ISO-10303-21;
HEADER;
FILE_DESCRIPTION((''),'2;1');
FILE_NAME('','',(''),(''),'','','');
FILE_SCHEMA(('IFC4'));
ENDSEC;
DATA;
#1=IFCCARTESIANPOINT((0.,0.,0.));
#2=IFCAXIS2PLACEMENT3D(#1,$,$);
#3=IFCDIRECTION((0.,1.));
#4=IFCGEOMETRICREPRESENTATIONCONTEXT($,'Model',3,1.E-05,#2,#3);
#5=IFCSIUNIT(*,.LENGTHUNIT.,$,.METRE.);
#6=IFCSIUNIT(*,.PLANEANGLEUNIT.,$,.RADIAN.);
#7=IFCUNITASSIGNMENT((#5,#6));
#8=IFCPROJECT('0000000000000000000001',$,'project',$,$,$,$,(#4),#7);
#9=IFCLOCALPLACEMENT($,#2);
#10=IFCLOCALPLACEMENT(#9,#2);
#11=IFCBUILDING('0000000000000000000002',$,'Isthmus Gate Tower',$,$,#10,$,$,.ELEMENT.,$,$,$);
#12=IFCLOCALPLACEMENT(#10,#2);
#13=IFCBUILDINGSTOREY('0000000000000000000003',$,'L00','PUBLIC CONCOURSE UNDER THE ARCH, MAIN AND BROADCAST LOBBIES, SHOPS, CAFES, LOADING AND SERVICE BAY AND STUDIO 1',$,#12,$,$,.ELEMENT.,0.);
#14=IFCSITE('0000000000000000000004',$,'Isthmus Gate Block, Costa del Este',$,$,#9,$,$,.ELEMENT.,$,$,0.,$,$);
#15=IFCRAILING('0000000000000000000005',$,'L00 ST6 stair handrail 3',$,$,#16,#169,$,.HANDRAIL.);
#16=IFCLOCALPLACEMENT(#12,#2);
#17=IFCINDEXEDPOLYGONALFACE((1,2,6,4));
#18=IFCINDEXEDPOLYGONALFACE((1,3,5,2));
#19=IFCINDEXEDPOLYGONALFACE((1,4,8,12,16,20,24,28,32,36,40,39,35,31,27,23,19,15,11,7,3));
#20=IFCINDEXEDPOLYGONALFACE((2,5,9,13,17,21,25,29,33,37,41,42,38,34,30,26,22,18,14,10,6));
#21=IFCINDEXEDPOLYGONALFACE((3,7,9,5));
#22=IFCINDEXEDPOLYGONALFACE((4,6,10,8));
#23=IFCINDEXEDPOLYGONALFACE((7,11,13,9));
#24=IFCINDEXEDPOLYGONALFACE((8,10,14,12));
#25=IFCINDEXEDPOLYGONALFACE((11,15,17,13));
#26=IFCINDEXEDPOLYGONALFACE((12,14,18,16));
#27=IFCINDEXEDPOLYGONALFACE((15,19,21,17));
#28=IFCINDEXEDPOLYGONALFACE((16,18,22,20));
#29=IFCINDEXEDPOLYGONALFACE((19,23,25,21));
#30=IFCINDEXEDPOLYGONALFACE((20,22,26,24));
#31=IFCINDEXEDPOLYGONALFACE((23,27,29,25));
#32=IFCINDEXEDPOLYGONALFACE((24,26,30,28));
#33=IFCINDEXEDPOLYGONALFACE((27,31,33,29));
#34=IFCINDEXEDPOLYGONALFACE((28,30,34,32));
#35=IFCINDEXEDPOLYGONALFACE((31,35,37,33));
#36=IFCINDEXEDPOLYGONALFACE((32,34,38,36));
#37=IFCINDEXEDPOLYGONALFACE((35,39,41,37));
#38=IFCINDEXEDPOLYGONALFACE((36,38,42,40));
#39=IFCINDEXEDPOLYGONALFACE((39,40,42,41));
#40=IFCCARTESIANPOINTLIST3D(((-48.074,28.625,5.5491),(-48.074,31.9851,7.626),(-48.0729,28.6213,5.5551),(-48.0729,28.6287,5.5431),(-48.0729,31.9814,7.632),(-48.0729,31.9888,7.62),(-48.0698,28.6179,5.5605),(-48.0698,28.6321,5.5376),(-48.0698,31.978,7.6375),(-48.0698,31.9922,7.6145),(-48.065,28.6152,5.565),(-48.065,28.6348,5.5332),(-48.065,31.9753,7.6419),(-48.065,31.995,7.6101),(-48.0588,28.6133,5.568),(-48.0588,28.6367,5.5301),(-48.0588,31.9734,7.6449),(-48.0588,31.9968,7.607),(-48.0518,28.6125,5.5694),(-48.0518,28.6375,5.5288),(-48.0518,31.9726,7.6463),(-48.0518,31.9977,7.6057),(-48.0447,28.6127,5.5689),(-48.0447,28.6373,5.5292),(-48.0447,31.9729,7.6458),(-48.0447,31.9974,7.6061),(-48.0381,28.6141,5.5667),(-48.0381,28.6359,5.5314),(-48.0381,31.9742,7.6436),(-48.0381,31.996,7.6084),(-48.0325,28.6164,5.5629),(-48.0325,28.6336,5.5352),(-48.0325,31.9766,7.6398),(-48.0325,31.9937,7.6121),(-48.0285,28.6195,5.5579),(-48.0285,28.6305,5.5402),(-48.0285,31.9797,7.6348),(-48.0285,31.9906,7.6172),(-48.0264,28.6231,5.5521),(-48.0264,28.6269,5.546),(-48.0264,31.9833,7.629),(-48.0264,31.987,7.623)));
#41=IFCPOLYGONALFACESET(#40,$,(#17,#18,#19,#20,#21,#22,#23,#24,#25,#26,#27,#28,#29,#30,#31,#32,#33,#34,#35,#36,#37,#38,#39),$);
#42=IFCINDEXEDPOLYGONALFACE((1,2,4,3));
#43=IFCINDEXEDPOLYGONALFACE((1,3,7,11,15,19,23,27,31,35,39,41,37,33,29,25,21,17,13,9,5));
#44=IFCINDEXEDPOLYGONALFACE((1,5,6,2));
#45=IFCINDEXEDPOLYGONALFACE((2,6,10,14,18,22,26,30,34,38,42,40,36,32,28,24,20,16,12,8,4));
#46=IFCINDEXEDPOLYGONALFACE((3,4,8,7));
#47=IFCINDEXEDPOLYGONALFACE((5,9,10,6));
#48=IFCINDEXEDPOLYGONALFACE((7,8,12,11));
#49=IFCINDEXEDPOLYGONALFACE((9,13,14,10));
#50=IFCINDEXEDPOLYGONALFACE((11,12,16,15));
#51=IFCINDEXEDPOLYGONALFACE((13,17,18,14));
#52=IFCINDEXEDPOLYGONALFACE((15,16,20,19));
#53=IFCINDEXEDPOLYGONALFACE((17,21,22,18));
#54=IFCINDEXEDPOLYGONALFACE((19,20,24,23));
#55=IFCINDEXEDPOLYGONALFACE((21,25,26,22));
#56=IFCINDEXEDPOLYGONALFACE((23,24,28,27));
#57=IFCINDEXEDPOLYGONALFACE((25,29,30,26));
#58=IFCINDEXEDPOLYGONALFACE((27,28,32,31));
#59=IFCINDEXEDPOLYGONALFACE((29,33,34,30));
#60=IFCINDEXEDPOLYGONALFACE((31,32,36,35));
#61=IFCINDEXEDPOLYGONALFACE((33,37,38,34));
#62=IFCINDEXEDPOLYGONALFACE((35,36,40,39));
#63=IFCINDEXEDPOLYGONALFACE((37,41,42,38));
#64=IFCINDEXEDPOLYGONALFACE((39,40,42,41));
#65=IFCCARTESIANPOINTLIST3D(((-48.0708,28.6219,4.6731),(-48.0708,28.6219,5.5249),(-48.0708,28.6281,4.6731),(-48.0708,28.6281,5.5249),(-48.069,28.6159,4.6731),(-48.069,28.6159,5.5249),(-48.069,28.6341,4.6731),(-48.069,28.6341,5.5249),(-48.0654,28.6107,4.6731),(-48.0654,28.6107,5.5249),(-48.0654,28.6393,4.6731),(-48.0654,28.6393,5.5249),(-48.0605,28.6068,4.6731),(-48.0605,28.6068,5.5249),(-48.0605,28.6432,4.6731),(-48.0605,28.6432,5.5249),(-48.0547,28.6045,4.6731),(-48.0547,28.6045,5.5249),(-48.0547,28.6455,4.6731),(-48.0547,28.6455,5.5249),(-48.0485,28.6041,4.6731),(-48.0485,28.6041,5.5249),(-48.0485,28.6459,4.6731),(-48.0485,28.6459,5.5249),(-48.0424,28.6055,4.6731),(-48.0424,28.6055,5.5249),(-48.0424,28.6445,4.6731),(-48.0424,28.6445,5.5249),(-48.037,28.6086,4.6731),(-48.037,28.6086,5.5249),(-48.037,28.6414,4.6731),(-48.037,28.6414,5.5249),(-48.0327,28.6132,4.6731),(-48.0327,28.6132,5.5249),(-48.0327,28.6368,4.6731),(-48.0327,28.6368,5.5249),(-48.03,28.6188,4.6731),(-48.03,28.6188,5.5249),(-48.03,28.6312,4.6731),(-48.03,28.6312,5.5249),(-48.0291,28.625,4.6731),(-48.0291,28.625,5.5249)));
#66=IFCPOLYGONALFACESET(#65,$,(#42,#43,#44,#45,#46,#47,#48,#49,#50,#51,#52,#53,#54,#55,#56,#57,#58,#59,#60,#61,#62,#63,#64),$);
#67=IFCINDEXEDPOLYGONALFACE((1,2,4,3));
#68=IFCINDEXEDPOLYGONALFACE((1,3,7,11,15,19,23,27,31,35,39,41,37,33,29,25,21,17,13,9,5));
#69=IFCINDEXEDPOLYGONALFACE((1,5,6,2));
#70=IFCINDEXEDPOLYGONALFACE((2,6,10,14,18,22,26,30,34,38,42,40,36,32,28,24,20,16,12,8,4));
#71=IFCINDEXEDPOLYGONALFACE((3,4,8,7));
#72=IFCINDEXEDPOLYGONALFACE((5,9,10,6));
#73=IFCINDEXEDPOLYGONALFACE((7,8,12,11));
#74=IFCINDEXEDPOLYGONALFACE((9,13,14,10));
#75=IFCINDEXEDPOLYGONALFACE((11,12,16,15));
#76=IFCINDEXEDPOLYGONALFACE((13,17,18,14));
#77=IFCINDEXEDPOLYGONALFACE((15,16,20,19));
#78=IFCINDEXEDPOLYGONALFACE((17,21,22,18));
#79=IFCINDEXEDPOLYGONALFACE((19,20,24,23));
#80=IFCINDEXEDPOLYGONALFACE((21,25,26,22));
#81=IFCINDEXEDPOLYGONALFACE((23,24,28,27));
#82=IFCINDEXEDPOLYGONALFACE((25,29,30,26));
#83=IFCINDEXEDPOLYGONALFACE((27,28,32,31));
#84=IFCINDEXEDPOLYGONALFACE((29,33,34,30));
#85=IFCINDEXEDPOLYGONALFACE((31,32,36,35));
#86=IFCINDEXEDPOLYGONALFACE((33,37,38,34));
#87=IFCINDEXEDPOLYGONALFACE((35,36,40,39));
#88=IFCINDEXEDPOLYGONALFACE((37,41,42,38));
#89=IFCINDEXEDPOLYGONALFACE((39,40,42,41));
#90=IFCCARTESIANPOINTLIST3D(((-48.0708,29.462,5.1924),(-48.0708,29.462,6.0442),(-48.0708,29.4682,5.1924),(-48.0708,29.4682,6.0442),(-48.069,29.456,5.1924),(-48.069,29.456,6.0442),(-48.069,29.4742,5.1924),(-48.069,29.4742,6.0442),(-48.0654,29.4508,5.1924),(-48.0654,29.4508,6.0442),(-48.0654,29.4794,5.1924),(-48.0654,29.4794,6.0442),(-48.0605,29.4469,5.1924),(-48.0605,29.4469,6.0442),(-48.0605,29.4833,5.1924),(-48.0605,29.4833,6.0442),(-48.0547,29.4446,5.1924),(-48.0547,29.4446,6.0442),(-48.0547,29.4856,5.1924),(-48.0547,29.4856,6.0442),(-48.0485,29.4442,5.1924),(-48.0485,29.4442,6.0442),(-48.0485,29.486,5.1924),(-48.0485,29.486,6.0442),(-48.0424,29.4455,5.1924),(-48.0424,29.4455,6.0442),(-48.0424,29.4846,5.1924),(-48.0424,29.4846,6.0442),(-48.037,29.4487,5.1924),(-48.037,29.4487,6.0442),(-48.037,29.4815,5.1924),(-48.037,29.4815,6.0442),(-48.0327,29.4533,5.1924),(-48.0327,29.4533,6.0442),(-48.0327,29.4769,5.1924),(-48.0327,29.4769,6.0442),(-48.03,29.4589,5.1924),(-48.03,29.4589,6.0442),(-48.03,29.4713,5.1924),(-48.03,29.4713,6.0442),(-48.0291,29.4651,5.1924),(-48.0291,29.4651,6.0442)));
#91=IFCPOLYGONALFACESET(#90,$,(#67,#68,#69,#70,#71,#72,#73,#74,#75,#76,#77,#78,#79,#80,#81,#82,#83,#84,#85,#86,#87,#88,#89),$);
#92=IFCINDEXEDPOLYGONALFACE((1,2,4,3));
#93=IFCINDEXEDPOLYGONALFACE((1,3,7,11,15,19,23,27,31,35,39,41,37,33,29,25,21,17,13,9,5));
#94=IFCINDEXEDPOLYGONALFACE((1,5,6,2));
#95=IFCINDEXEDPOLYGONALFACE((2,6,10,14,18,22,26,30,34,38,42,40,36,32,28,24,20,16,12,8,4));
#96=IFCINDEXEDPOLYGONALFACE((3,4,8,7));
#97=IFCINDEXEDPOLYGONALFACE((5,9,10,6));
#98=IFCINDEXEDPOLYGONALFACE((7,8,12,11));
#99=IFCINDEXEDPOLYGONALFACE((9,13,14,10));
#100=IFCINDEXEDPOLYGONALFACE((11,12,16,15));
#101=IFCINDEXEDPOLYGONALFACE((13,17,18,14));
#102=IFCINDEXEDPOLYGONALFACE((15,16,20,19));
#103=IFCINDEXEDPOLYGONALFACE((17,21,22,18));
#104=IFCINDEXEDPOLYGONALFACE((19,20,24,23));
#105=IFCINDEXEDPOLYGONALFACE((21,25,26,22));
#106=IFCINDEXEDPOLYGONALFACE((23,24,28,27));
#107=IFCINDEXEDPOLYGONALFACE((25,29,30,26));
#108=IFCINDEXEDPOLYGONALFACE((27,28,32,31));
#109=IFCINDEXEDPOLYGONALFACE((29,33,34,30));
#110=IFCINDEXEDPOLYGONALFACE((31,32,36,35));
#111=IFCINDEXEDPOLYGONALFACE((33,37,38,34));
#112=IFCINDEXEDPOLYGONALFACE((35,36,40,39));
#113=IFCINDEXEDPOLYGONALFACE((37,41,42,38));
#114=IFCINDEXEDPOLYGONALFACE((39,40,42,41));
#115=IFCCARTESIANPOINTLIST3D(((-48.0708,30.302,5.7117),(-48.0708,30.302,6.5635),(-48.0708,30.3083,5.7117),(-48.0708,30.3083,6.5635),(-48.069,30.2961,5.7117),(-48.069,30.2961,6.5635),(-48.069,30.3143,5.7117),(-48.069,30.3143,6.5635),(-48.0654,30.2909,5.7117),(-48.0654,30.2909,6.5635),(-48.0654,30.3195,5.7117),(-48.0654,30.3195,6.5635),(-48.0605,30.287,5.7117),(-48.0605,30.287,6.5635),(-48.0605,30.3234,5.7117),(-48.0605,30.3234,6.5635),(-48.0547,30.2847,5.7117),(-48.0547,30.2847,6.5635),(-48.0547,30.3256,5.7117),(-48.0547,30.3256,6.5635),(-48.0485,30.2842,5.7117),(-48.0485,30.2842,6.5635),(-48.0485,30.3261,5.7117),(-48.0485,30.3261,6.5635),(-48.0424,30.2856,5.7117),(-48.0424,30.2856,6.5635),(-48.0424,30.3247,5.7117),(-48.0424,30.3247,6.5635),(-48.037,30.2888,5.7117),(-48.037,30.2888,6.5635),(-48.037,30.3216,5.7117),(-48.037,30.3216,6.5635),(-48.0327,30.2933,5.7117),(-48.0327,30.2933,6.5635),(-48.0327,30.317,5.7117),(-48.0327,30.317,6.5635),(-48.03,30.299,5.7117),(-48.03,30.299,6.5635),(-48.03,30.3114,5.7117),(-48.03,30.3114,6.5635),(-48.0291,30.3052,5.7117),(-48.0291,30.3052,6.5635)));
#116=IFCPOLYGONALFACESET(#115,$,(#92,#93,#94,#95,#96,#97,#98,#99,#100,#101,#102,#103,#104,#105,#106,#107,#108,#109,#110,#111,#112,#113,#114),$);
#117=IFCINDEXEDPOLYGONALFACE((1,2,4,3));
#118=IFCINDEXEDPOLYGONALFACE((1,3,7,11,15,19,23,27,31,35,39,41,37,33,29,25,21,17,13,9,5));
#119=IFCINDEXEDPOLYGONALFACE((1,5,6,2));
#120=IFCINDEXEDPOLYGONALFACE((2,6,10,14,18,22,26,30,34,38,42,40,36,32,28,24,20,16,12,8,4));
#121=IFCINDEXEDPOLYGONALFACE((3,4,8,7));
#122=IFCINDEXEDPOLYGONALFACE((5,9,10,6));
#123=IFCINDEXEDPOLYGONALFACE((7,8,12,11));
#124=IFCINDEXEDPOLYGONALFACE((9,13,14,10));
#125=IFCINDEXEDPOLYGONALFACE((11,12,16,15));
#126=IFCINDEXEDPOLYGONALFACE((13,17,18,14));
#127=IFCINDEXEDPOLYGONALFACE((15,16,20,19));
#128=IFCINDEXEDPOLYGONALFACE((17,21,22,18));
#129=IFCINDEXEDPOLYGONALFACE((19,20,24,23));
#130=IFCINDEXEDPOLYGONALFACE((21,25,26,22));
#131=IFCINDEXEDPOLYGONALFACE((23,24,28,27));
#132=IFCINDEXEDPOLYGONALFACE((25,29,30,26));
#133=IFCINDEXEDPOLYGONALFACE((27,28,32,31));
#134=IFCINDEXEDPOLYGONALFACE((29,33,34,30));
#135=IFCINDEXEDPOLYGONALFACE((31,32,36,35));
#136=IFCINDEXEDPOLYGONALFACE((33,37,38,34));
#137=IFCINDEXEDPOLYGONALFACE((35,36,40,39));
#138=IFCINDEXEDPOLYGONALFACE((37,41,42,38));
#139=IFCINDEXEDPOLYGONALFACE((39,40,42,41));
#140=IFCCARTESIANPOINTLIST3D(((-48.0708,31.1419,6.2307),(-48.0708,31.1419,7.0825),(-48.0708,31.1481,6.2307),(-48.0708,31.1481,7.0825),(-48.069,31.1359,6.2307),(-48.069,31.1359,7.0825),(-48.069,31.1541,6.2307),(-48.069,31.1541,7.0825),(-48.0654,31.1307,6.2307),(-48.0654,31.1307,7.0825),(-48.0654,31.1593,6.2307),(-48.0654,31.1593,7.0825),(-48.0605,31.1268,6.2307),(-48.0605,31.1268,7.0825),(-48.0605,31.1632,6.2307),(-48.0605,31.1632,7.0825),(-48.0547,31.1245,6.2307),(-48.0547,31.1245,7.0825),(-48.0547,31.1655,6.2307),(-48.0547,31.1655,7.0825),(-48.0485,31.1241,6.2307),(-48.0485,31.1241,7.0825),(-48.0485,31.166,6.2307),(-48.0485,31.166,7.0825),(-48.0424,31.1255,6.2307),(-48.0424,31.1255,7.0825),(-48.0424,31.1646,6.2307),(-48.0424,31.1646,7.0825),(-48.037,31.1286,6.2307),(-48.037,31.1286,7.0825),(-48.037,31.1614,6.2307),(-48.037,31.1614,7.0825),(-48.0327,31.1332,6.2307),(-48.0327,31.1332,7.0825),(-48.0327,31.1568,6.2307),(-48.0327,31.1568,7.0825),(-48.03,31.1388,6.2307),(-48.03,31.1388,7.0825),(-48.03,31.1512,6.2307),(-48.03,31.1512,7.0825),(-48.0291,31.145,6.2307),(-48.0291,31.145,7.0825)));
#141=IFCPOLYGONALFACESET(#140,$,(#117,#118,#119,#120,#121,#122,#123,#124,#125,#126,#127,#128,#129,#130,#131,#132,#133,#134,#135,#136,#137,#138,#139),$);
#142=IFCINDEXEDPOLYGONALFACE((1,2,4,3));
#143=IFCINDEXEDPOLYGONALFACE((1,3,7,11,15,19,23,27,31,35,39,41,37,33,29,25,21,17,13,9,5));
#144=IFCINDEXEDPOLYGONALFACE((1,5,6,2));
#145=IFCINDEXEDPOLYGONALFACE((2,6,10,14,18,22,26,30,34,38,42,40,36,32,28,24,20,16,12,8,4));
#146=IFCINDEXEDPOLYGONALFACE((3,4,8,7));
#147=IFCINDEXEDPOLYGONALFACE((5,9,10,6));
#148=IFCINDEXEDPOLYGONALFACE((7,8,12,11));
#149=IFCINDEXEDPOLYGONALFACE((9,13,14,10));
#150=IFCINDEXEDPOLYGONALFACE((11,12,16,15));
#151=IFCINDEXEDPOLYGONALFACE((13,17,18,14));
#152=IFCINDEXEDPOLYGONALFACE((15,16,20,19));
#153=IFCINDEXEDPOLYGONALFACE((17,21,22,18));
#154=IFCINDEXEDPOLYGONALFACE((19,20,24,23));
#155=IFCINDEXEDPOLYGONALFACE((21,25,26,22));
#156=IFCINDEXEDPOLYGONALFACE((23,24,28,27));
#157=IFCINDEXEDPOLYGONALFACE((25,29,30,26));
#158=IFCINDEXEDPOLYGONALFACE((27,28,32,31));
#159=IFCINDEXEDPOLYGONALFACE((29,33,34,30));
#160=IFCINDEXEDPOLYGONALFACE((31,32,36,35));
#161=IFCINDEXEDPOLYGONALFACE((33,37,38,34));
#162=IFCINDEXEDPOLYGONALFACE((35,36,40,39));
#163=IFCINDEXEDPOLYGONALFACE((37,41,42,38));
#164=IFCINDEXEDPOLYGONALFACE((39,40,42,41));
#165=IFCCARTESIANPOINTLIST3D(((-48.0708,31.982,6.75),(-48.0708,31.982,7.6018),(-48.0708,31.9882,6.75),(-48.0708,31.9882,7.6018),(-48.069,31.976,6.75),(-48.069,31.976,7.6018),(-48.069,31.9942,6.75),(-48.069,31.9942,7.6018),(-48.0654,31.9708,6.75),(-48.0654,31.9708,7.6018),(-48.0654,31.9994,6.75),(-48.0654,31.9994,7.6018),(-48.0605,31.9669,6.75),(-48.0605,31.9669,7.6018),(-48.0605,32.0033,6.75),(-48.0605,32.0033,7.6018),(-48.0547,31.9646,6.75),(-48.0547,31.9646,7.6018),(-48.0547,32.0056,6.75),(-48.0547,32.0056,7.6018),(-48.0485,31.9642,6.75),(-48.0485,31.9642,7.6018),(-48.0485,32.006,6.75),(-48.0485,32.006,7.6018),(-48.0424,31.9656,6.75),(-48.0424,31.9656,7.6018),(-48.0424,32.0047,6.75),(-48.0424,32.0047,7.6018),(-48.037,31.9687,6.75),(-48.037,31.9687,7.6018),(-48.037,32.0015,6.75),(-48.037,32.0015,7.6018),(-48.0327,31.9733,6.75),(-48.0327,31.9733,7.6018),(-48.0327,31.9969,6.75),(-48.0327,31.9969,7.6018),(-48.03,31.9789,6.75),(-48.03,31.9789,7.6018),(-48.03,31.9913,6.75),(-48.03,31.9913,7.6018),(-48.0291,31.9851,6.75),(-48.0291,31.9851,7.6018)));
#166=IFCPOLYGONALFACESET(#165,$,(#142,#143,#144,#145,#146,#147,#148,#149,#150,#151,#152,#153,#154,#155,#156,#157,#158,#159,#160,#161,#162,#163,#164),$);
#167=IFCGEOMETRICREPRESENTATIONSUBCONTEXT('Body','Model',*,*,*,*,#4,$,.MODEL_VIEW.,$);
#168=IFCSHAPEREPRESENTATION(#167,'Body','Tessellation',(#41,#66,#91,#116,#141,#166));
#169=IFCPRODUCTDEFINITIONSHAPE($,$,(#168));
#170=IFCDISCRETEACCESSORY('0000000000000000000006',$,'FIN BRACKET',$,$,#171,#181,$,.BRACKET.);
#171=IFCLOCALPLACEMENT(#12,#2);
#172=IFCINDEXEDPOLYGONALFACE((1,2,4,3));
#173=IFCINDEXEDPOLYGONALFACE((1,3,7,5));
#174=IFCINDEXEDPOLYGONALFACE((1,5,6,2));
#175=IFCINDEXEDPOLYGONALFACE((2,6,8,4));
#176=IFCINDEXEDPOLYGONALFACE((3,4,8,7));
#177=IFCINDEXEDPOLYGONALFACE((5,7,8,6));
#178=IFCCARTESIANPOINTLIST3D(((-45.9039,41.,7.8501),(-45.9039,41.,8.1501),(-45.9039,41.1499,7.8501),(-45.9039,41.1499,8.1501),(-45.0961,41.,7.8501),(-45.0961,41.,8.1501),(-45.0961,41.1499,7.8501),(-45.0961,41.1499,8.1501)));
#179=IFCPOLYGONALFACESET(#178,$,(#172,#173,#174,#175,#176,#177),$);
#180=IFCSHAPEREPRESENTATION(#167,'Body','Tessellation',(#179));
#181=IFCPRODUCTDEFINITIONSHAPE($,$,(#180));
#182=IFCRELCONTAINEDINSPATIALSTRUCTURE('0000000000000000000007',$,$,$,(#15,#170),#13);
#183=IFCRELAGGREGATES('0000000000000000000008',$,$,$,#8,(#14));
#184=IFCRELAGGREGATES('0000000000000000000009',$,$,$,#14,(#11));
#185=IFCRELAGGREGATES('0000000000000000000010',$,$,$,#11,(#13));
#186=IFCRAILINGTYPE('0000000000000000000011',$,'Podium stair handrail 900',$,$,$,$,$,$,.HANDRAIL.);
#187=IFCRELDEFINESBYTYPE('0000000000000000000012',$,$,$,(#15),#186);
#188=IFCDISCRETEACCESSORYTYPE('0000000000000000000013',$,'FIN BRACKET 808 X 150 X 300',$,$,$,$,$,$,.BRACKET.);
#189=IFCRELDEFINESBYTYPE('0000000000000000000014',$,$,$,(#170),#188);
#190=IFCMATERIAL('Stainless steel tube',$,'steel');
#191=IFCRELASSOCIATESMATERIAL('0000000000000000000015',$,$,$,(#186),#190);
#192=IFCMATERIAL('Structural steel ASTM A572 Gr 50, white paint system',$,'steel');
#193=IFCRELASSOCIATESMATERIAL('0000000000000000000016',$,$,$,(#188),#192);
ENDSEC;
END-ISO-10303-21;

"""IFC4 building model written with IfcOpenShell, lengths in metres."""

from ifc_helpers import new_model, si_unit, direction, frame, origin, origin_2d, place, context, subcontext, project, spatial, rectangle, circle, extrude, material, type_object, element, save


model = new_model("IFC4")

# Units and contexts
model_context = context("Model", 3, precision=1e-05, world=origin(), true_north=direction((0.0, 1.0)))
body_context = subcontext(model_context, "Body", "Model", "MODEL_VIEW")
ifc_project = project(units=[si_unit("LENGTHUNIT", "METRE"), si_unit("PLANEANGLEUNIT", "RADIAN")], contexts=[model_context])

# Site, building, storey
site_placement = place(None, origin())
site = spatial("IfcSite", under=ifc_project, at=site_placement, Name="Isthmus Gate Block, Costa del Este", CompositionType="ELEMENT", RefElevation=0.0)
building_placement = place(site_placement, origin())
building = spatial("IfcBuilding", under=site, at=building_placement, Name="Isthmus Gate Tower", CompositionType="ELEMENT")
storey_placement = place(building_placement, origin())
storey = spatial("IfcBuildingStorey", under=building, at=storey_placement, Name="L00", Description="PUBLIC CONCOURSE UNDER THE ARCH, MAIN AND BROADCAST LOBBIES, SHOPS, CAFES, LOADING AND SERVICE BAY AND STUDIO 1", CompositionType="ELEMENT", Elevation=0.0)

# Railing
ifc_material_1 = material(Name="Stainless steel tube", Category="steel")
railing_type_1 = type_object("IfcRailingType", Name="Podium stair handrail 900", PredefinedType="HANDRAIL", material=ifc_material_1)
for number, where, name in (
    (1, (-48.05, 28.625, 4.6731), "L00 ST6 stair handrail 3"),
):
    element("IfcRailing", number, at=place(storey_placement, frame(where)), inside=storey, type_object=railing_type_1, Name=name, PredefinedType="HANDRAIL", context=body_context, shape_type="SweptSolid", body=[
        extrude(circle(Radius=0.0239, at=origin_2d()), frame((0.0, 0.0, 0.876), z_axis=(0.0, 0.850623, 0.525776), x_axis=(-1.0, 0.0, 0.0)), (0.0, 0.0, 1.0), 3.9502),
        extrude(circle(Radius=0.021, at=origin_2d()), origin(), (0.0, 0.0, 1.0), 0.8518),
        extrude(circle(Radius=0.021, at=origin_2d()), frame((0.0, 0.8401, 0.5193)), (0.0, 0.0, 1.0), 0.8518),
        extrude(circle(Radius=0.021, at=origin_2d()), frame((0.0, 1.6802, 1.0386)), (0.0, 0.0, 1.0), 0.8518),
        extrude(circle(Radius=0.021, at=origin_2d()), frame((0.0, 2.52, 1.5576)), (0.0, 0.0, 1.0), 0.8518),
        extrude(circle(Radius=0.021, at=origin_2d()), frame((0.0, 3.3601, 2.0769)), (0.0, 0.0, 1.0), 0.8518),
    ])

# Discrete accessory
ifc_material_2 = material(Name="Structural steel ASTM A572 Gr 50, white paint system", Category="steel")
discrete_accessory_type = type_object("IfcDiscreteAccessoryType", Name="FIN BRACKET 808 X 150 X 300", PredefinedType="BRACKET", material=ifc_material_2)
discrete_accessory_placement = place(storey_placement, frame((-45.5, 41.075, 7.8501), z_axis=(0.0, 0.0, 1.0), x_axis=(0.0, 1.0, 0.0)))
element("IfcDiscreteAccessory", 2, at=discrete_accessory_placement, inside=storey, type_object=discrete_accessory_type, Name="FIN BRACKET", PredefinedType="BRACKET", context=body_context, shape_type="SweptSolid", body=[
    extrude(rectangle(XDim=0.1499, YDim=0.8079, at=origin_2d()), origin(), (0.0, 0.0, 1.0), 0.3),
])

save(model, "model.ifc")
